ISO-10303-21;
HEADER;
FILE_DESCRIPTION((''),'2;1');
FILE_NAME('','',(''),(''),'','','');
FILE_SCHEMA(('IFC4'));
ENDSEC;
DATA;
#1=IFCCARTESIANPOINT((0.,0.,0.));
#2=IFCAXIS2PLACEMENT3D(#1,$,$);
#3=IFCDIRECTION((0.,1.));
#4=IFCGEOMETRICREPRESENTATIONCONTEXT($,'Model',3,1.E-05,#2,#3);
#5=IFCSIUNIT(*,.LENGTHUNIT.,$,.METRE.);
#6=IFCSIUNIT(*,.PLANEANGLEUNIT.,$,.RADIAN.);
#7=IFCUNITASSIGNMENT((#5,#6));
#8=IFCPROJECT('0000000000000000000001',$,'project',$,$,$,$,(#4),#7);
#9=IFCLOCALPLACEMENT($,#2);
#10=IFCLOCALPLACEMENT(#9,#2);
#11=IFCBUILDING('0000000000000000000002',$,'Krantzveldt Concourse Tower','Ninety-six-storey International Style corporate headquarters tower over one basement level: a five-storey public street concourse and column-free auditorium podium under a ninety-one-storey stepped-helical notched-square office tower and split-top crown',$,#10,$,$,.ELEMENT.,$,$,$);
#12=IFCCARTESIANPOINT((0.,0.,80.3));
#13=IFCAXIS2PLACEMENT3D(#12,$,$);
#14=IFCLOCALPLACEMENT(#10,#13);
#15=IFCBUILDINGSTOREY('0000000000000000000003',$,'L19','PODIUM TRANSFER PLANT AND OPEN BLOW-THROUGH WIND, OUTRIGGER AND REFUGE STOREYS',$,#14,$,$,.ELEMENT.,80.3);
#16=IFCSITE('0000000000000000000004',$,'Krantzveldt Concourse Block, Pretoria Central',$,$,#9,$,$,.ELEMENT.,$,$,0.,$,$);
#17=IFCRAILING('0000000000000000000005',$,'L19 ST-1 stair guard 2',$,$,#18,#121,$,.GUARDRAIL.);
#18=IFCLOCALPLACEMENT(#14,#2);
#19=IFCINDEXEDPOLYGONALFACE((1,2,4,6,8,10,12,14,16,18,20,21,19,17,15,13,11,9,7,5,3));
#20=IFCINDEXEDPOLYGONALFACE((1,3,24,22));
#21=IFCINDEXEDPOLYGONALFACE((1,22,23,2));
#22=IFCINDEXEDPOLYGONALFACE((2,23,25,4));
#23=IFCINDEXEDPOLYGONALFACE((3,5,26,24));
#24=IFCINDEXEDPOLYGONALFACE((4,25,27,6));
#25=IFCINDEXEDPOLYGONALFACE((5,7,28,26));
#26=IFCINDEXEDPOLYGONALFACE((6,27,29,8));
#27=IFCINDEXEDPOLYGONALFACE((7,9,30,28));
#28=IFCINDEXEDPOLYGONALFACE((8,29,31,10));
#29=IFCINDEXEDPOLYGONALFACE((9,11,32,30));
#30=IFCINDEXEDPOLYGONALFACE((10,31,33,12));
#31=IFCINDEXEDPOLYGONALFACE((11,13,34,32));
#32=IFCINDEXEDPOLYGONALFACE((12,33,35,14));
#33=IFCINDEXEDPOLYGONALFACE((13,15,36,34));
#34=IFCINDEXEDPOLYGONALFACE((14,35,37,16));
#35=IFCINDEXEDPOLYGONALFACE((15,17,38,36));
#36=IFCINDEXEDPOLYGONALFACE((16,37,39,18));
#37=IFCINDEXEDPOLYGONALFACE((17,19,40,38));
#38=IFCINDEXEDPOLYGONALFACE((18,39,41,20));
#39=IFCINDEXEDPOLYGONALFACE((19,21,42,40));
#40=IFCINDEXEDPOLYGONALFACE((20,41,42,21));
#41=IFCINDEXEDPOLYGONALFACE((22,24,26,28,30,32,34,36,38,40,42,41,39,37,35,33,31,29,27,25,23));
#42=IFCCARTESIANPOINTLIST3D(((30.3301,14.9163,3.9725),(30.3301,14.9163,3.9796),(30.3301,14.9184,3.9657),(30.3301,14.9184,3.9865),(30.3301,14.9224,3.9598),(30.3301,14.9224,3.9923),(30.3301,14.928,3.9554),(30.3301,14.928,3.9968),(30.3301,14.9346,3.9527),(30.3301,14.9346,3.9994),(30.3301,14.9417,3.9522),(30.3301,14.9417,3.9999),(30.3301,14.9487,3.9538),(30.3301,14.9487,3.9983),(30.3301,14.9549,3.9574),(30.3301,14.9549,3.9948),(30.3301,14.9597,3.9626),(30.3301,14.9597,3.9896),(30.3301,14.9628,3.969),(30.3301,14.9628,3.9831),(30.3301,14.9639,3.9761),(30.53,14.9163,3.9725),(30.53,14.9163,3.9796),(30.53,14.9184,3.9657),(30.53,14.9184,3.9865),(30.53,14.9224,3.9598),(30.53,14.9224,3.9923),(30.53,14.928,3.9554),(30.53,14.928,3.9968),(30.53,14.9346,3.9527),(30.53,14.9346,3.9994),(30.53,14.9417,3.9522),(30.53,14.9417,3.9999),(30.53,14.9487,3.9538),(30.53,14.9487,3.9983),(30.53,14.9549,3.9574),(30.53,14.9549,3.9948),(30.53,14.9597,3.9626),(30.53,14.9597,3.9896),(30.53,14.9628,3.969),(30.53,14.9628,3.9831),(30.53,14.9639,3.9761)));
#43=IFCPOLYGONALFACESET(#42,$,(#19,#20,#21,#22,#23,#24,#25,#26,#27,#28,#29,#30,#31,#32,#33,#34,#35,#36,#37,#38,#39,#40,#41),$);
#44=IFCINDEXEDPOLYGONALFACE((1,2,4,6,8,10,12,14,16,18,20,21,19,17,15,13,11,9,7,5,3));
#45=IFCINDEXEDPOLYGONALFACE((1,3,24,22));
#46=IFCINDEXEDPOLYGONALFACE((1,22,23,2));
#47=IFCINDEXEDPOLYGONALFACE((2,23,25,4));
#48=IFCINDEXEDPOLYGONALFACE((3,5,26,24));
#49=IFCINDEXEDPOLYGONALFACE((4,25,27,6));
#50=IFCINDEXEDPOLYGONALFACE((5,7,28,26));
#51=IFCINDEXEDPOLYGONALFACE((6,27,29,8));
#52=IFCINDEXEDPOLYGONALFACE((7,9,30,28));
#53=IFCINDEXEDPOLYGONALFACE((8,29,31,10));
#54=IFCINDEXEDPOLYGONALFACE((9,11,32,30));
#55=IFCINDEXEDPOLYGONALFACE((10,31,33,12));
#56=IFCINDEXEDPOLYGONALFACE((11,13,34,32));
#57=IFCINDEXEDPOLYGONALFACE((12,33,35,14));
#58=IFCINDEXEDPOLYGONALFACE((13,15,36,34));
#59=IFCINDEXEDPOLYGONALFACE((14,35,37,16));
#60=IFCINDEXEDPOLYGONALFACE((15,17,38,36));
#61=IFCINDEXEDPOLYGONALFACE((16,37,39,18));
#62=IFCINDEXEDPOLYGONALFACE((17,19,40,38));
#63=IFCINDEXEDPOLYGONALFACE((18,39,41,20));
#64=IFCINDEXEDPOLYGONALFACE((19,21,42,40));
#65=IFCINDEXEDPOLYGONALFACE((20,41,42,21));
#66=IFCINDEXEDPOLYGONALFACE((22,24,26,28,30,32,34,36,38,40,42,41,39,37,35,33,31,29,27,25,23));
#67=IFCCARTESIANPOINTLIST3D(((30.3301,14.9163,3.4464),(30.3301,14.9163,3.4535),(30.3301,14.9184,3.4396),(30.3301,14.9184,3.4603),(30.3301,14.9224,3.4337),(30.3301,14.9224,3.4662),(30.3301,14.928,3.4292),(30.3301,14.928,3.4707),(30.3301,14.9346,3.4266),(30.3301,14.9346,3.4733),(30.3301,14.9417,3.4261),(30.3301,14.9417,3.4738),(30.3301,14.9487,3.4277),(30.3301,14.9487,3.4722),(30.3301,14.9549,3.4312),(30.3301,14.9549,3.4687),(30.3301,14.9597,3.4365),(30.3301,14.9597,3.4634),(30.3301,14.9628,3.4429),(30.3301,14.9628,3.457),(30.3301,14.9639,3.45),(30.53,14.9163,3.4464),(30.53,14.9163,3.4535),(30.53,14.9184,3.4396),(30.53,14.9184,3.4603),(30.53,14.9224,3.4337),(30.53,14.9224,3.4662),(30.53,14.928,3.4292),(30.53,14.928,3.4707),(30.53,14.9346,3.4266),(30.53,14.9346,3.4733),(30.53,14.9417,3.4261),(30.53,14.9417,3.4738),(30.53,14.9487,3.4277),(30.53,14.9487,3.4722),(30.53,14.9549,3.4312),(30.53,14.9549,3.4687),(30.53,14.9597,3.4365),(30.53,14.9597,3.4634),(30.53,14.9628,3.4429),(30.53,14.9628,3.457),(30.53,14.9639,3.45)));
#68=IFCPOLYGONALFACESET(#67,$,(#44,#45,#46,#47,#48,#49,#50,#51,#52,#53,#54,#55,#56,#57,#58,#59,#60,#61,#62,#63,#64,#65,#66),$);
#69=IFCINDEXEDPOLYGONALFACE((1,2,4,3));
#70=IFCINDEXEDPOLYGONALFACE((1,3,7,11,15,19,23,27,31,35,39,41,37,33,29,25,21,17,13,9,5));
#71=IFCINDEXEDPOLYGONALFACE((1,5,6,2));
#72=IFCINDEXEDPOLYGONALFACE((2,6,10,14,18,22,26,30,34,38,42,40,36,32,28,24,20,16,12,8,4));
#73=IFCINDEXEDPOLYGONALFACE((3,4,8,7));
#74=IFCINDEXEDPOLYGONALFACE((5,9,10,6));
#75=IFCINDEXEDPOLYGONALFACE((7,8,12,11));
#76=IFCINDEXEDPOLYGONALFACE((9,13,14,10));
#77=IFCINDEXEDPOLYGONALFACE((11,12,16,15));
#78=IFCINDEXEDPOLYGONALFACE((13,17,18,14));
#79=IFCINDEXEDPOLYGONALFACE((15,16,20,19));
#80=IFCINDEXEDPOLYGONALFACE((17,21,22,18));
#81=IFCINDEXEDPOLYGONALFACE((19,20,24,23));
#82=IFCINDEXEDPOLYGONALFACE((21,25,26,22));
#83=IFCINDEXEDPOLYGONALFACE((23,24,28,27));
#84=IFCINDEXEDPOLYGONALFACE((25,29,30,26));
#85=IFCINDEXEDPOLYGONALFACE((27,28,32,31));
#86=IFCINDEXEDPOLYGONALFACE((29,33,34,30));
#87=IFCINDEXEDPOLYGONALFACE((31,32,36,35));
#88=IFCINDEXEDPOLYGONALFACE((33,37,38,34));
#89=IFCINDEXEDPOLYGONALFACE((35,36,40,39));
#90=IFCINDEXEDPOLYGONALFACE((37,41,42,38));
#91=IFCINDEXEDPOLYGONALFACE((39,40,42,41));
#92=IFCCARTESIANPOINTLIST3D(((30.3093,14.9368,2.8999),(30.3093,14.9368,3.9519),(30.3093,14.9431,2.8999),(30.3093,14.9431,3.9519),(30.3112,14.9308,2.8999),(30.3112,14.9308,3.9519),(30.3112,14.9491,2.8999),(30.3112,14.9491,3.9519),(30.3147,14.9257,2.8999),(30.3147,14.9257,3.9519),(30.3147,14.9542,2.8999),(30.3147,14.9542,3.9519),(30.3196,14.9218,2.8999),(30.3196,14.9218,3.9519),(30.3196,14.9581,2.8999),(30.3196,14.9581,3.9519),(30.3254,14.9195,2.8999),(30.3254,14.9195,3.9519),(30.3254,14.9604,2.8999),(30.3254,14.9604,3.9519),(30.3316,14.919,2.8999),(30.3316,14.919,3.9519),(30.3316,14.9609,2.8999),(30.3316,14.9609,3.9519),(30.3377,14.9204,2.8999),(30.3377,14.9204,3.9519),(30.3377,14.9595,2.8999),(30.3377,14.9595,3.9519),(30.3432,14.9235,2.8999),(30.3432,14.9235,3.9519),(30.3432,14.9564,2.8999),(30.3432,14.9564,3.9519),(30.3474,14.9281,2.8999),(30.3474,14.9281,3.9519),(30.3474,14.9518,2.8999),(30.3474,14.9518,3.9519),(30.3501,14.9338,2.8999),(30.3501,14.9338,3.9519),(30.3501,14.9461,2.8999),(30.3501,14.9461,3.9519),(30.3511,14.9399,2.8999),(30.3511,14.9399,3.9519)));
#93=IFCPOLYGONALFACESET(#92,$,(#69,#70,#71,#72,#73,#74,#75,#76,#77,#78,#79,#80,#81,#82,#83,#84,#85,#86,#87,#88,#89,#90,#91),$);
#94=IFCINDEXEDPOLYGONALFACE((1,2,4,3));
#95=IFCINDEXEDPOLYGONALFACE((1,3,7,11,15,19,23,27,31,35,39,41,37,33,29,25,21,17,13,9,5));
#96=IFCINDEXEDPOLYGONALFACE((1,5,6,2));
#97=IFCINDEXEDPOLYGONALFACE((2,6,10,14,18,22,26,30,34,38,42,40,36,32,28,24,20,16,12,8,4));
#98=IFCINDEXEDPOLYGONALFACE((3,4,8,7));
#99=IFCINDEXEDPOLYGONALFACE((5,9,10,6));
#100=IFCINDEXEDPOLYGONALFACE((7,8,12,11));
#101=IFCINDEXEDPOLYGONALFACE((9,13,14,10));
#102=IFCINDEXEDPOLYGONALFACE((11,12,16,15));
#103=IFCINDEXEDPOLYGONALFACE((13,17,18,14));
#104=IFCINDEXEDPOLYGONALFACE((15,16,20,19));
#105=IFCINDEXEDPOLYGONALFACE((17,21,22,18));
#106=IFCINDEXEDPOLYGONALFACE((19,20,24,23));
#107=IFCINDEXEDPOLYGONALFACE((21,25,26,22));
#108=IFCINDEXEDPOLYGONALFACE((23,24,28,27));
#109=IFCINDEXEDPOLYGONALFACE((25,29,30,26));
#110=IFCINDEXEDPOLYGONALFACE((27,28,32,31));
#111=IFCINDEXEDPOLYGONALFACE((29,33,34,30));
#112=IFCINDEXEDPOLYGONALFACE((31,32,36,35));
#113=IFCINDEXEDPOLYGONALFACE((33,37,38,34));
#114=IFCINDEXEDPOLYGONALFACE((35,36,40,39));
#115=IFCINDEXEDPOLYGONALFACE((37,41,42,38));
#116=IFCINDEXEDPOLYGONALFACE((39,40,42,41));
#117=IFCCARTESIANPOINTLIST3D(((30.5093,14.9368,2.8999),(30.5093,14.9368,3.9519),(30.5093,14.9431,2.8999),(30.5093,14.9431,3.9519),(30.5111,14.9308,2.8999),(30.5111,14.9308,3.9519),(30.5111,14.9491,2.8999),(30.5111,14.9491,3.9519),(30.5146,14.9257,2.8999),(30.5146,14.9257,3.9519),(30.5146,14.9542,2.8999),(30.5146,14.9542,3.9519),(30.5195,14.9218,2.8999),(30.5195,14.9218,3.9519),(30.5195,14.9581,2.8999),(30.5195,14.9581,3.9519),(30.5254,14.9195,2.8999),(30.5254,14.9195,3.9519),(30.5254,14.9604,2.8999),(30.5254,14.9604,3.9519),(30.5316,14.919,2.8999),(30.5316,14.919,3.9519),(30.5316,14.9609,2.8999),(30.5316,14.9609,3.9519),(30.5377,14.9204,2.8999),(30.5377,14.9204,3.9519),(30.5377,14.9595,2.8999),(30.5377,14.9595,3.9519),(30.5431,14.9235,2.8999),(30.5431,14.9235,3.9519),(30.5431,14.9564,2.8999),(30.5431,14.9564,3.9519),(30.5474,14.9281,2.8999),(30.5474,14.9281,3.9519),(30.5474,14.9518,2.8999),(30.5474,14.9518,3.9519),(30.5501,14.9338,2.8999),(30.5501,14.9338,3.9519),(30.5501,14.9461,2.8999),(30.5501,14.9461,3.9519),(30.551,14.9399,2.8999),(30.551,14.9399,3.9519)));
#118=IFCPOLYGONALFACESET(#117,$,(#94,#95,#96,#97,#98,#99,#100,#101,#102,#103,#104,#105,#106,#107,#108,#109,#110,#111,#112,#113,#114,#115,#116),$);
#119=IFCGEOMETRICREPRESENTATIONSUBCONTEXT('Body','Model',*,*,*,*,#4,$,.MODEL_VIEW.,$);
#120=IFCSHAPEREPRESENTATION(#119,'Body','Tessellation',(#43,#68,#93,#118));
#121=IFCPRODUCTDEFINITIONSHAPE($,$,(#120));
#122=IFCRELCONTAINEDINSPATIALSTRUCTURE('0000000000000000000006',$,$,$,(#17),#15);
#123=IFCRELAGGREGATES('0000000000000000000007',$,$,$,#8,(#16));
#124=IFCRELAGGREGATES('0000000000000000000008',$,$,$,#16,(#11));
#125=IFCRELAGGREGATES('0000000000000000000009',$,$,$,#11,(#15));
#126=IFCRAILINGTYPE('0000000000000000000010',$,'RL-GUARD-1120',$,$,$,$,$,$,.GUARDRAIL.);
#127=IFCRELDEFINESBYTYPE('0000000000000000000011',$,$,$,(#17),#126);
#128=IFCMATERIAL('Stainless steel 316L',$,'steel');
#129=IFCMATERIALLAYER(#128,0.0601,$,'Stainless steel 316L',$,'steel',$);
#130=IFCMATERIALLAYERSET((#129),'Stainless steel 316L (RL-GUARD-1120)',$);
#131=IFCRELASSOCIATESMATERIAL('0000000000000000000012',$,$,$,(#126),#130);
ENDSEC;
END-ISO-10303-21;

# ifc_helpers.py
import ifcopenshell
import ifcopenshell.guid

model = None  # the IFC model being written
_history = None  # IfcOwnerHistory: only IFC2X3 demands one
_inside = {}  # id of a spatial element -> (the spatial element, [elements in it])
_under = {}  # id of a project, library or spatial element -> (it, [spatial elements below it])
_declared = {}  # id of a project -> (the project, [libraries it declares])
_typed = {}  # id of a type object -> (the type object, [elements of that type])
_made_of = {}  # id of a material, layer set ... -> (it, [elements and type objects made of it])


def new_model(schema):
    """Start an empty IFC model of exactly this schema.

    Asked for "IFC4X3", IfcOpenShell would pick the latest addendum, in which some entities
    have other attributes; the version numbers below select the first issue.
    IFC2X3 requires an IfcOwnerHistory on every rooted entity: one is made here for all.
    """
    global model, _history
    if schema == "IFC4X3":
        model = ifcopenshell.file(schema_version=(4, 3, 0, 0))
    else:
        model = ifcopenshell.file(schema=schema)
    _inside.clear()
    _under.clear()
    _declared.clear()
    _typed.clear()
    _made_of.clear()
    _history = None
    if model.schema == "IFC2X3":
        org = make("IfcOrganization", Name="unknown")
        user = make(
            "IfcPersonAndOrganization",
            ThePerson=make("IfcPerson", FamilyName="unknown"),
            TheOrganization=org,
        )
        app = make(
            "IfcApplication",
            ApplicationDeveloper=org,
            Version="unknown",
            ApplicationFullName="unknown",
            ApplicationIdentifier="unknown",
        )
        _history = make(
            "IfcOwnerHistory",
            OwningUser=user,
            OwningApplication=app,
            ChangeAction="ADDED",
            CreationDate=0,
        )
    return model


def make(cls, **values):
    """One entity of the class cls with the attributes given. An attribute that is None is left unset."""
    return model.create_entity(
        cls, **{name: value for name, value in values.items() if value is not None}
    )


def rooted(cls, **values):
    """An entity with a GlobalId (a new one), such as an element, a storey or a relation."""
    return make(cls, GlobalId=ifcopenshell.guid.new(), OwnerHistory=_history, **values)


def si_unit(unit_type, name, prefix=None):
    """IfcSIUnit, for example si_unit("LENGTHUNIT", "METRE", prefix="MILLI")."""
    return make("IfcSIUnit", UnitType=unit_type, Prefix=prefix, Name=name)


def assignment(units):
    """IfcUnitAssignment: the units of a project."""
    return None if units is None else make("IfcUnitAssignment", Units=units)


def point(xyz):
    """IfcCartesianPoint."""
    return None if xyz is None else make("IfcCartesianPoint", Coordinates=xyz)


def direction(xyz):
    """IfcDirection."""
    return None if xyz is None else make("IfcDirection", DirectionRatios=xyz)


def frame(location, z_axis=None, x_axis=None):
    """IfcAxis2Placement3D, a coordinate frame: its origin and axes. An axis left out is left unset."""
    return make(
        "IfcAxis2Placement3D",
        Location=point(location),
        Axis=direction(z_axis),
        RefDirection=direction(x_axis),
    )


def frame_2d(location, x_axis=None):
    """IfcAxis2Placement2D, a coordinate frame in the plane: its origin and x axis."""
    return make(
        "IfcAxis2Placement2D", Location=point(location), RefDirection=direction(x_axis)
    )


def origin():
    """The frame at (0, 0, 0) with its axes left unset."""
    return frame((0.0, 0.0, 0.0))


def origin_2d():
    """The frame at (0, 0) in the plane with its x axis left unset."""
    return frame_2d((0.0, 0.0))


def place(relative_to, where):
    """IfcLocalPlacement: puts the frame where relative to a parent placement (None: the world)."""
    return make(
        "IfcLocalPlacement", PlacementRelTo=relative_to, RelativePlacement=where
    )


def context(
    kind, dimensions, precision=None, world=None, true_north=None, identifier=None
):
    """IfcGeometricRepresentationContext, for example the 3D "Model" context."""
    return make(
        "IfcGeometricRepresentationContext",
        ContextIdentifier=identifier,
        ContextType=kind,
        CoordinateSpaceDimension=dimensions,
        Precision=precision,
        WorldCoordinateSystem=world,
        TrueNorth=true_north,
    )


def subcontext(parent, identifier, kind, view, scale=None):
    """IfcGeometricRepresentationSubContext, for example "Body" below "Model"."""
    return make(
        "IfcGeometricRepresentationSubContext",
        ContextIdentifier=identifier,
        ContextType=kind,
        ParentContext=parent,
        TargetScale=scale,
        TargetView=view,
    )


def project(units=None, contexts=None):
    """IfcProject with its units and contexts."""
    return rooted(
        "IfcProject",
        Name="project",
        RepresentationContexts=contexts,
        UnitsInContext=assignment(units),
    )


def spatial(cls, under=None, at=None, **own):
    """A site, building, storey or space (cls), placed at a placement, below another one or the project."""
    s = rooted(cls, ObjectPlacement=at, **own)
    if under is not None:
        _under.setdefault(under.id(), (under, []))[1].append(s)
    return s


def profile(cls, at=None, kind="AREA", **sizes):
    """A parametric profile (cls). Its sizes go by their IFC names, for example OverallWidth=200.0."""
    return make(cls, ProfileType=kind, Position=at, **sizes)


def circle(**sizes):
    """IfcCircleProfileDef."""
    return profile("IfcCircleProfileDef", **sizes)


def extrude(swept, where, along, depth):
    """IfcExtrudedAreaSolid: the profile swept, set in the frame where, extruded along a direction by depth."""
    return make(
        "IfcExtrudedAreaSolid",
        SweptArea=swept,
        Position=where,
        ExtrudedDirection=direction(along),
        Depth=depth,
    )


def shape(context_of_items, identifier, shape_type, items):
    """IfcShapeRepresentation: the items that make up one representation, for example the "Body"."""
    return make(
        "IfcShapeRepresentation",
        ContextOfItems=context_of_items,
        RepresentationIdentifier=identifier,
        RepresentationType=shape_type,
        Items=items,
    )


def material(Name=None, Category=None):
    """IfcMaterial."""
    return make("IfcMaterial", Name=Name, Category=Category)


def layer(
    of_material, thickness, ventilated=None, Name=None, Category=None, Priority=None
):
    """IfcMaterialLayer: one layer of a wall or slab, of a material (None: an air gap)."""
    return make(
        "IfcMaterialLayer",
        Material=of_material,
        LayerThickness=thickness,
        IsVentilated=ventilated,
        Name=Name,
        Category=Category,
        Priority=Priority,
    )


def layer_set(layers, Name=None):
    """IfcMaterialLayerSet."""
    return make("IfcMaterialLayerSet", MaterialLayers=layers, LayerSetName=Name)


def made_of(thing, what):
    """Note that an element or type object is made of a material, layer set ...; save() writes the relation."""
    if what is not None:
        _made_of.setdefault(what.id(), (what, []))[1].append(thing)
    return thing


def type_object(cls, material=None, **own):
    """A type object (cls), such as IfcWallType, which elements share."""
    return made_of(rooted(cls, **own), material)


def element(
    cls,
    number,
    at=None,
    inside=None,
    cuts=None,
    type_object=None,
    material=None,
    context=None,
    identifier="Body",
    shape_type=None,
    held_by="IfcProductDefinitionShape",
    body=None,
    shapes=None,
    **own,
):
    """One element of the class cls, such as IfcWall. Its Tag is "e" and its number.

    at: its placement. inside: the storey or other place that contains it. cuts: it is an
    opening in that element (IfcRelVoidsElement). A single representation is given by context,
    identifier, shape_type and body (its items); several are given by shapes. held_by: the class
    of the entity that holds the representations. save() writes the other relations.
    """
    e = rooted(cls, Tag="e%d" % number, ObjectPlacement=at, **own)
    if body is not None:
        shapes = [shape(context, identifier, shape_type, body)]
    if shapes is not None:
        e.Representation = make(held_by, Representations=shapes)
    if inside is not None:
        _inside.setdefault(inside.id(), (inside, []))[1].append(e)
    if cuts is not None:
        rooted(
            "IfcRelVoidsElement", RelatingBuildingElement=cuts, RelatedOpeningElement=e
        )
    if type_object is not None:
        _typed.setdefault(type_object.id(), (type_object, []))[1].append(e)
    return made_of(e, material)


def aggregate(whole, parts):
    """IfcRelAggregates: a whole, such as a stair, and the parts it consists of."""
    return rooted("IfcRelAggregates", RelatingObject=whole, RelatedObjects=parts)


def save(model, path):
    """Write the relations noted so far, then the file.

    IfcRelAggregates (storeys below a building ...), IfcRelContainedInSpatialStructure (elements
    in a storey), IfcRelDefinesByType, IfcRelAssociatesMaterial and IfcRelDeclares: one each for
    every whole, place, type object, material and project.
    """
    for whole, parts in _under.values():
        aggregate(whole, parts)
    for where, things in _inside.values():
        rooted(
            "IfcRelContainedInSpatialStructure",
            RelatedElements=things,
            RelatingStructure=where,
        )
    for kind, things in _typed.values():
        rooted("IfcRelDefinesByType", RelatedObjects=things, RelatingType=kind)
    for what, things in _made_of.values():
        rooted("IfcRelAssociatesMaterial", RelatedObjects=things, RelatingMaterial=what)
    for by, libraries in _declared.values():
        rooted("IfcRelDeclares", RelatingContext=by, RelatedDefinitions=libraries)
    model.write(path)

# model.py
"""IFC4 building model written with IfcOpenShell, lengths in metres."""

from ifc_helpers import new_model, si_unit, direction, frame, origin, origin_2d, place, context, subcontext, project, spatial, circle, extrude, material, layer, layer_set, type_object, element, save


model = new_model("IFC4")

# Units and contexts
model_context = context("Model", 3, precision=1e-05, world=origin(), true_north=direction((0.0, 1.0)))
body_context = subcontext(model_context, "Body", "Model", "MODEL_VIEW")
ifc_project = project(units=[si_unit("LENGTHUNIT", "METRE"), si_unit("PLANEANGLEUNIT", "RADIAN")], contexts=[model_context])

# Site, building, storey
site_placement = place(None, origin())
site = spatial("IfcSite", under=ifc_project, at=site_placement, Name="Krantzveldt Concourse Block, Pretoria Central", CompositionType="ELEMENT", RefElevation=0.0)
building_placement = place(site_placement, origin())
building = spatial("IfcBuilding", under=site, at=building_placement, Name="Krantzveldt Concourse Tower", Description="Ninety-six-storey International Style corporate headquarters tower over one basement level: a five-storey public street concourse and column-free auditorium podium under a ninety-one-storey stepped-helical notched-square office tower and split-top crown", CompositionType="ELEMENT")
storey_placement = place(building_placement, frame((0.0, 0.0, 80.3)))
storey = spatial("IfcBuildingStorey", under=building, at=storey_placement, Name="L19", Description="PODIUM TRANSFER PLANT AND OPEN BLOW-THROUGH WIND, OUTRIGGER AND REFUGE STOREYS", CompositionType="ELEMENT", Elevation=80.3)

# Shared definitions
ifc_material_1 = material(Name="Stainless steel 316L", Category="steel")

# Railing
ifc_layer_1 = layer(ifc_material_1, 0.0601, Name="Stainless steel 316L", Category="steel")
ifc_layer_set_1 = layer_set([ifc_layer_1], Name="Stainless steel 316L (RL-GUARD-1120)")
railing_type_1 = type_object("IfcRailingType", Name="RL-GUARD-1120", PredefinedType="GUARDRAIL", material=ifc_layer_set_1)
railing_1_placement = place(storey_placement, frame((30.3301, 14.9399, 2.8999)))
element("IfcRailing", 1, at=railing_1_placement, inside=storey, type_object=railing_type_1, Name="L19 ST-1 stair guard 2", PredefinedType="GUARDRAIL", context=body_context, shape_type="SweptSolid", body=[
    extrude(circle(Radius=0.0239, at=origin_2d()), frame((0.0, 0.0, 1.0762), z_axis=(1.0, 0.0, 0.0), x_axis=(0.0, 1.0, 0.0)), (0.0, 0.0, 1.0), 0.2),
    extrude(circle(Radius=0.0239, at=origin_2d()), frame((0.0, 0.0, 0.55), z_axis=(1.0, 0.0, 0.0), x_axis=(0.0, 1.0, 0.0)), (0.0, 0.0, 1.0), 0.2),
    extrude(circle(Radius=0.021, at=origin_2d()), origin(), (0.0, 0.0, 1.0), 1.052),
    extrude(circle(Radius=0.021, at=origin_2d()), frame((0.2, 0.0, 0.0)), (0.0, 0.0, 1.0), 1.052),
])

save(model, "model.ifc")
